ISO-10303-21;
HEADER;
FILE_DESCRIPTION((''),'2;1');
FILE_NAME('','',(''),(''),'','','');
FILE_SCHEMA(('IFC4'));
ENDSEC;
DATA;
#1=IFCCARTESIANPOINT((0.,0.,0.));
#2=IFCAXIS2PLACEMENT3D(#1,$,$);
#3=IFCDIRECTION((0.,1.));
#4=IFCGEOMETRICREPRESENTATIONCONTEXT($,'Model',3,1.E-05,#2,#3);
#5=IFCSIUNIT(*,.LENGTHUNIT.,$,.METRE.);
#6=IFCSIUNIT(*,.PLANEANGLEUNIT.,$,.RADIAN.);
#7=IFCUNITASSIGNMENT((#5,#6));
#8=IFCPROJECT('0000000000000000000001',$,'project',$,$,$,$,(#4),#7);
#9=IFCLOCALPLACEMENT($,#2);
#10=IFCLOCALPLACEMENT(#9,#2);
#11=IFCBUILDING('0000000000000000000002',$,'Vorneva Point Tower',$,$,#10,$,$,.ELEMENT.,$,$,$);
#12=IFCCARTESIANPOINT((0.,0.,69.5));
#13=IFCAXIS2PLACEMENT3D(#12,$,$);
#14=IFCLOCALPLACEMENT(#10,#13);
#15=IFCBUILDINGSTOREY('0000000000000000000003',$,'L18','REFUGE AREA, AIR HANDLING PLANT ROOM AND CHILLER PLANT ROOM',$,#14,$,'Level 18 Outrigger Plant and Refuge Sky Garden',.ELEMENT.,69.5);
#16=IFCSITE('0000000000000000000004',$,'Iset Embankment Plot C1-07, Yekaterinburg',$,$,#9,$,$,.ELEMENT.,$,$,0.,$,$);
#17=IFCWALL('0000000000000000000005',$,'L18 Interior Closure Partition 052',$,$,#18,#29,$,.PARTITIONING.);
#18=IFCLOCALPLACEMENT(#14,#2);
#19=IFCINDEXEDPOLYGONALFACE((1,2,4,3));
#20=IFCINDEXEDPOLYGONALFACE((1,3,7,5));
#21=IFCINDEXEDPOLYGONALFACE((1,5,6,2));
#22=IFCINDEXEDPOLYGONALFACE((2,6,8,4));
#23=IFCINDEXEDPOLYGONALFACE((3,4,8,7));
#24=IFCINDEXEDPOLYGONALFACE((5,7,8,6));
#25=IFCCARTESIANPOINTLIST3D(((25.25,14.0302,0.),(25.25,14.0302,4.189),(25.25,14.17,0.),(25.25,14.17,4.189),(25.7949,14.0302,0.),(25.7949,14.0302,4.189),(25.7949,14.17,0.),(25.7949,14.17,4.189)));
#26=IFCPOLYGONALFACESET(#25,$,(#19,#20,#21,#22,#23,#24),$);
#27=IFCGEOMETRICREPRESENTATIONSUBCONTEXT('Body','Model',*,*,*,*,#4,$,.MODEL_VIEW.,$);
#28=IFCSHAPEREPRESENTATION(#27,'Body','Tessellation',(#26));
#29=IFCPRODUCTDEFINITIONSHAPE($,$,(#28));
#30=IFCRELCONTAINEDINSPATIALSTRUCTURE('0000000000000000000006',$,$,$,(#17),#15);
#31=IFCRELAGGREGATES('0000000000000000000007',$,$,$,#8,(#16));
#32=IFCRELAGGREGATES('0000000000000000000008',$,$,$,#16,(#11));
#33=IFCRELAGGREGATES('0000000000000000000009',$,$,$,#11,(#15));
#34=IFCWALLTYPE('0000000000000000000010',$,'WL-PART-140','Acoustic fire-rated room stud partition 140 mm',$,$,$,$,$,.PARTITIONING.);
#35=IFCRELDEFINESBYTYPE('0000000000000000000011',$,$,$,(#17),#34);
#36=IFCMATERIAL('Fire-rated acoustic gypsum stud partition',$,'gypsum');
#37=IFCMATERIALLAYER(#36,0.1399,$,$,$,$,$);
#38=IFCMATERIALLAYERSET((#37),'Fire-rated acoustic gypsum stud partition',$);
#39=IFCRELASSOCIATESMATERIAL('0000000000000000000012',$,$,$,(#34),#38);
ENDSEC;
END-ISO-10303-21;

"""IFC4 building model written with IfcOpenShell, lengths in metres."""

from ifc_helpers import new_model, si_unit, direction, frame, frame_2d, origin, place, context, subcontext, project, spatial, rectangle, extrude, material, layer, layer_set, type_object, element, save


model = new_model("IFC4")

# Units and contexts
model_context = context("Model", 3, precision=1e-05, world=origin(), true_north=direction((0.0, 1.0)))
body_context = subcontext(model_context, "Body", "Model", "MODEL_VIEW")
ifc_project = project(units=[si_unit("LENGTHUNIT", "METRE"), si_unit("PLANEANGLEUNIT", "RADIAN")], contexts=[model_context])

# Site, building, storey
site_placement = place(None, origin())
site = spatial("IfcSite", under=ifc_project, at=site_placement, Name="Iset Embankment Plot C1-07, Yekaterinburg", CompositionType="ELEMENT", RefElevation=0.0)
building_placement = place(site_placement, origin())
building = spatial("IfcBuilding", under=site, at=building_placement, Name="Vorneva Point Tower", CompositionType="ELEMENT")
storey_placement = place(building_placement, frame((0.0, 0.0, 69.5)))
storey = spatial("IfcBuildingStorey", under=building, at=storey_placement, Name="L18", Description="REFUGE AREA, AIR HANDLING PLANT ROOM AND CHILLER PLANT ROOM", LongName="Level 18 Outrigger Plant and Refuge Sky Garden", CompositionType="ELEMENT", Elevation=69.5)

# Wall
ifc_material_1 = material(Name="Fire-rated acoustic gypsum stud partition", Category="gypsum")
ifc_layer_1 = layer(ifc_material_1, 0.1399)
ifc_layer_set_1 = layer_set([ifc_layer_1], Name="Fire-rated acoustic gypsum stud partition")
wall_type_1 = type_object("IfcWallType", Name="WL-PART-140", Description="Acoustic fire-rated room stud partition 140 mm", PredefinedType="PARTITIONING", material=ifc_layer_set_1)
wall_1_placement = place(storey_placement, frame((25.25, 14.1001, 0.0), z_axis=(0.0, 0.0, 1.0), x_axis=(1.0, 0.0, 0.0)))
element("IfcWall", 1, at=wall_1_placement, inside=storey, type_object=wall_type_1, Name="L18 Interior Closure Partition 052", PredefinedType="PARTITIONING", context=body_context, shape_type="SweptSolid", body=[
    extrude(rectangle(XDim=0.5449, YDim=0.1399, at=frame_2d((0.2725, 0.0))), origin(), (0.0, 0.0, 1.0), 4.189),
])

save(model, "model.ifc")
